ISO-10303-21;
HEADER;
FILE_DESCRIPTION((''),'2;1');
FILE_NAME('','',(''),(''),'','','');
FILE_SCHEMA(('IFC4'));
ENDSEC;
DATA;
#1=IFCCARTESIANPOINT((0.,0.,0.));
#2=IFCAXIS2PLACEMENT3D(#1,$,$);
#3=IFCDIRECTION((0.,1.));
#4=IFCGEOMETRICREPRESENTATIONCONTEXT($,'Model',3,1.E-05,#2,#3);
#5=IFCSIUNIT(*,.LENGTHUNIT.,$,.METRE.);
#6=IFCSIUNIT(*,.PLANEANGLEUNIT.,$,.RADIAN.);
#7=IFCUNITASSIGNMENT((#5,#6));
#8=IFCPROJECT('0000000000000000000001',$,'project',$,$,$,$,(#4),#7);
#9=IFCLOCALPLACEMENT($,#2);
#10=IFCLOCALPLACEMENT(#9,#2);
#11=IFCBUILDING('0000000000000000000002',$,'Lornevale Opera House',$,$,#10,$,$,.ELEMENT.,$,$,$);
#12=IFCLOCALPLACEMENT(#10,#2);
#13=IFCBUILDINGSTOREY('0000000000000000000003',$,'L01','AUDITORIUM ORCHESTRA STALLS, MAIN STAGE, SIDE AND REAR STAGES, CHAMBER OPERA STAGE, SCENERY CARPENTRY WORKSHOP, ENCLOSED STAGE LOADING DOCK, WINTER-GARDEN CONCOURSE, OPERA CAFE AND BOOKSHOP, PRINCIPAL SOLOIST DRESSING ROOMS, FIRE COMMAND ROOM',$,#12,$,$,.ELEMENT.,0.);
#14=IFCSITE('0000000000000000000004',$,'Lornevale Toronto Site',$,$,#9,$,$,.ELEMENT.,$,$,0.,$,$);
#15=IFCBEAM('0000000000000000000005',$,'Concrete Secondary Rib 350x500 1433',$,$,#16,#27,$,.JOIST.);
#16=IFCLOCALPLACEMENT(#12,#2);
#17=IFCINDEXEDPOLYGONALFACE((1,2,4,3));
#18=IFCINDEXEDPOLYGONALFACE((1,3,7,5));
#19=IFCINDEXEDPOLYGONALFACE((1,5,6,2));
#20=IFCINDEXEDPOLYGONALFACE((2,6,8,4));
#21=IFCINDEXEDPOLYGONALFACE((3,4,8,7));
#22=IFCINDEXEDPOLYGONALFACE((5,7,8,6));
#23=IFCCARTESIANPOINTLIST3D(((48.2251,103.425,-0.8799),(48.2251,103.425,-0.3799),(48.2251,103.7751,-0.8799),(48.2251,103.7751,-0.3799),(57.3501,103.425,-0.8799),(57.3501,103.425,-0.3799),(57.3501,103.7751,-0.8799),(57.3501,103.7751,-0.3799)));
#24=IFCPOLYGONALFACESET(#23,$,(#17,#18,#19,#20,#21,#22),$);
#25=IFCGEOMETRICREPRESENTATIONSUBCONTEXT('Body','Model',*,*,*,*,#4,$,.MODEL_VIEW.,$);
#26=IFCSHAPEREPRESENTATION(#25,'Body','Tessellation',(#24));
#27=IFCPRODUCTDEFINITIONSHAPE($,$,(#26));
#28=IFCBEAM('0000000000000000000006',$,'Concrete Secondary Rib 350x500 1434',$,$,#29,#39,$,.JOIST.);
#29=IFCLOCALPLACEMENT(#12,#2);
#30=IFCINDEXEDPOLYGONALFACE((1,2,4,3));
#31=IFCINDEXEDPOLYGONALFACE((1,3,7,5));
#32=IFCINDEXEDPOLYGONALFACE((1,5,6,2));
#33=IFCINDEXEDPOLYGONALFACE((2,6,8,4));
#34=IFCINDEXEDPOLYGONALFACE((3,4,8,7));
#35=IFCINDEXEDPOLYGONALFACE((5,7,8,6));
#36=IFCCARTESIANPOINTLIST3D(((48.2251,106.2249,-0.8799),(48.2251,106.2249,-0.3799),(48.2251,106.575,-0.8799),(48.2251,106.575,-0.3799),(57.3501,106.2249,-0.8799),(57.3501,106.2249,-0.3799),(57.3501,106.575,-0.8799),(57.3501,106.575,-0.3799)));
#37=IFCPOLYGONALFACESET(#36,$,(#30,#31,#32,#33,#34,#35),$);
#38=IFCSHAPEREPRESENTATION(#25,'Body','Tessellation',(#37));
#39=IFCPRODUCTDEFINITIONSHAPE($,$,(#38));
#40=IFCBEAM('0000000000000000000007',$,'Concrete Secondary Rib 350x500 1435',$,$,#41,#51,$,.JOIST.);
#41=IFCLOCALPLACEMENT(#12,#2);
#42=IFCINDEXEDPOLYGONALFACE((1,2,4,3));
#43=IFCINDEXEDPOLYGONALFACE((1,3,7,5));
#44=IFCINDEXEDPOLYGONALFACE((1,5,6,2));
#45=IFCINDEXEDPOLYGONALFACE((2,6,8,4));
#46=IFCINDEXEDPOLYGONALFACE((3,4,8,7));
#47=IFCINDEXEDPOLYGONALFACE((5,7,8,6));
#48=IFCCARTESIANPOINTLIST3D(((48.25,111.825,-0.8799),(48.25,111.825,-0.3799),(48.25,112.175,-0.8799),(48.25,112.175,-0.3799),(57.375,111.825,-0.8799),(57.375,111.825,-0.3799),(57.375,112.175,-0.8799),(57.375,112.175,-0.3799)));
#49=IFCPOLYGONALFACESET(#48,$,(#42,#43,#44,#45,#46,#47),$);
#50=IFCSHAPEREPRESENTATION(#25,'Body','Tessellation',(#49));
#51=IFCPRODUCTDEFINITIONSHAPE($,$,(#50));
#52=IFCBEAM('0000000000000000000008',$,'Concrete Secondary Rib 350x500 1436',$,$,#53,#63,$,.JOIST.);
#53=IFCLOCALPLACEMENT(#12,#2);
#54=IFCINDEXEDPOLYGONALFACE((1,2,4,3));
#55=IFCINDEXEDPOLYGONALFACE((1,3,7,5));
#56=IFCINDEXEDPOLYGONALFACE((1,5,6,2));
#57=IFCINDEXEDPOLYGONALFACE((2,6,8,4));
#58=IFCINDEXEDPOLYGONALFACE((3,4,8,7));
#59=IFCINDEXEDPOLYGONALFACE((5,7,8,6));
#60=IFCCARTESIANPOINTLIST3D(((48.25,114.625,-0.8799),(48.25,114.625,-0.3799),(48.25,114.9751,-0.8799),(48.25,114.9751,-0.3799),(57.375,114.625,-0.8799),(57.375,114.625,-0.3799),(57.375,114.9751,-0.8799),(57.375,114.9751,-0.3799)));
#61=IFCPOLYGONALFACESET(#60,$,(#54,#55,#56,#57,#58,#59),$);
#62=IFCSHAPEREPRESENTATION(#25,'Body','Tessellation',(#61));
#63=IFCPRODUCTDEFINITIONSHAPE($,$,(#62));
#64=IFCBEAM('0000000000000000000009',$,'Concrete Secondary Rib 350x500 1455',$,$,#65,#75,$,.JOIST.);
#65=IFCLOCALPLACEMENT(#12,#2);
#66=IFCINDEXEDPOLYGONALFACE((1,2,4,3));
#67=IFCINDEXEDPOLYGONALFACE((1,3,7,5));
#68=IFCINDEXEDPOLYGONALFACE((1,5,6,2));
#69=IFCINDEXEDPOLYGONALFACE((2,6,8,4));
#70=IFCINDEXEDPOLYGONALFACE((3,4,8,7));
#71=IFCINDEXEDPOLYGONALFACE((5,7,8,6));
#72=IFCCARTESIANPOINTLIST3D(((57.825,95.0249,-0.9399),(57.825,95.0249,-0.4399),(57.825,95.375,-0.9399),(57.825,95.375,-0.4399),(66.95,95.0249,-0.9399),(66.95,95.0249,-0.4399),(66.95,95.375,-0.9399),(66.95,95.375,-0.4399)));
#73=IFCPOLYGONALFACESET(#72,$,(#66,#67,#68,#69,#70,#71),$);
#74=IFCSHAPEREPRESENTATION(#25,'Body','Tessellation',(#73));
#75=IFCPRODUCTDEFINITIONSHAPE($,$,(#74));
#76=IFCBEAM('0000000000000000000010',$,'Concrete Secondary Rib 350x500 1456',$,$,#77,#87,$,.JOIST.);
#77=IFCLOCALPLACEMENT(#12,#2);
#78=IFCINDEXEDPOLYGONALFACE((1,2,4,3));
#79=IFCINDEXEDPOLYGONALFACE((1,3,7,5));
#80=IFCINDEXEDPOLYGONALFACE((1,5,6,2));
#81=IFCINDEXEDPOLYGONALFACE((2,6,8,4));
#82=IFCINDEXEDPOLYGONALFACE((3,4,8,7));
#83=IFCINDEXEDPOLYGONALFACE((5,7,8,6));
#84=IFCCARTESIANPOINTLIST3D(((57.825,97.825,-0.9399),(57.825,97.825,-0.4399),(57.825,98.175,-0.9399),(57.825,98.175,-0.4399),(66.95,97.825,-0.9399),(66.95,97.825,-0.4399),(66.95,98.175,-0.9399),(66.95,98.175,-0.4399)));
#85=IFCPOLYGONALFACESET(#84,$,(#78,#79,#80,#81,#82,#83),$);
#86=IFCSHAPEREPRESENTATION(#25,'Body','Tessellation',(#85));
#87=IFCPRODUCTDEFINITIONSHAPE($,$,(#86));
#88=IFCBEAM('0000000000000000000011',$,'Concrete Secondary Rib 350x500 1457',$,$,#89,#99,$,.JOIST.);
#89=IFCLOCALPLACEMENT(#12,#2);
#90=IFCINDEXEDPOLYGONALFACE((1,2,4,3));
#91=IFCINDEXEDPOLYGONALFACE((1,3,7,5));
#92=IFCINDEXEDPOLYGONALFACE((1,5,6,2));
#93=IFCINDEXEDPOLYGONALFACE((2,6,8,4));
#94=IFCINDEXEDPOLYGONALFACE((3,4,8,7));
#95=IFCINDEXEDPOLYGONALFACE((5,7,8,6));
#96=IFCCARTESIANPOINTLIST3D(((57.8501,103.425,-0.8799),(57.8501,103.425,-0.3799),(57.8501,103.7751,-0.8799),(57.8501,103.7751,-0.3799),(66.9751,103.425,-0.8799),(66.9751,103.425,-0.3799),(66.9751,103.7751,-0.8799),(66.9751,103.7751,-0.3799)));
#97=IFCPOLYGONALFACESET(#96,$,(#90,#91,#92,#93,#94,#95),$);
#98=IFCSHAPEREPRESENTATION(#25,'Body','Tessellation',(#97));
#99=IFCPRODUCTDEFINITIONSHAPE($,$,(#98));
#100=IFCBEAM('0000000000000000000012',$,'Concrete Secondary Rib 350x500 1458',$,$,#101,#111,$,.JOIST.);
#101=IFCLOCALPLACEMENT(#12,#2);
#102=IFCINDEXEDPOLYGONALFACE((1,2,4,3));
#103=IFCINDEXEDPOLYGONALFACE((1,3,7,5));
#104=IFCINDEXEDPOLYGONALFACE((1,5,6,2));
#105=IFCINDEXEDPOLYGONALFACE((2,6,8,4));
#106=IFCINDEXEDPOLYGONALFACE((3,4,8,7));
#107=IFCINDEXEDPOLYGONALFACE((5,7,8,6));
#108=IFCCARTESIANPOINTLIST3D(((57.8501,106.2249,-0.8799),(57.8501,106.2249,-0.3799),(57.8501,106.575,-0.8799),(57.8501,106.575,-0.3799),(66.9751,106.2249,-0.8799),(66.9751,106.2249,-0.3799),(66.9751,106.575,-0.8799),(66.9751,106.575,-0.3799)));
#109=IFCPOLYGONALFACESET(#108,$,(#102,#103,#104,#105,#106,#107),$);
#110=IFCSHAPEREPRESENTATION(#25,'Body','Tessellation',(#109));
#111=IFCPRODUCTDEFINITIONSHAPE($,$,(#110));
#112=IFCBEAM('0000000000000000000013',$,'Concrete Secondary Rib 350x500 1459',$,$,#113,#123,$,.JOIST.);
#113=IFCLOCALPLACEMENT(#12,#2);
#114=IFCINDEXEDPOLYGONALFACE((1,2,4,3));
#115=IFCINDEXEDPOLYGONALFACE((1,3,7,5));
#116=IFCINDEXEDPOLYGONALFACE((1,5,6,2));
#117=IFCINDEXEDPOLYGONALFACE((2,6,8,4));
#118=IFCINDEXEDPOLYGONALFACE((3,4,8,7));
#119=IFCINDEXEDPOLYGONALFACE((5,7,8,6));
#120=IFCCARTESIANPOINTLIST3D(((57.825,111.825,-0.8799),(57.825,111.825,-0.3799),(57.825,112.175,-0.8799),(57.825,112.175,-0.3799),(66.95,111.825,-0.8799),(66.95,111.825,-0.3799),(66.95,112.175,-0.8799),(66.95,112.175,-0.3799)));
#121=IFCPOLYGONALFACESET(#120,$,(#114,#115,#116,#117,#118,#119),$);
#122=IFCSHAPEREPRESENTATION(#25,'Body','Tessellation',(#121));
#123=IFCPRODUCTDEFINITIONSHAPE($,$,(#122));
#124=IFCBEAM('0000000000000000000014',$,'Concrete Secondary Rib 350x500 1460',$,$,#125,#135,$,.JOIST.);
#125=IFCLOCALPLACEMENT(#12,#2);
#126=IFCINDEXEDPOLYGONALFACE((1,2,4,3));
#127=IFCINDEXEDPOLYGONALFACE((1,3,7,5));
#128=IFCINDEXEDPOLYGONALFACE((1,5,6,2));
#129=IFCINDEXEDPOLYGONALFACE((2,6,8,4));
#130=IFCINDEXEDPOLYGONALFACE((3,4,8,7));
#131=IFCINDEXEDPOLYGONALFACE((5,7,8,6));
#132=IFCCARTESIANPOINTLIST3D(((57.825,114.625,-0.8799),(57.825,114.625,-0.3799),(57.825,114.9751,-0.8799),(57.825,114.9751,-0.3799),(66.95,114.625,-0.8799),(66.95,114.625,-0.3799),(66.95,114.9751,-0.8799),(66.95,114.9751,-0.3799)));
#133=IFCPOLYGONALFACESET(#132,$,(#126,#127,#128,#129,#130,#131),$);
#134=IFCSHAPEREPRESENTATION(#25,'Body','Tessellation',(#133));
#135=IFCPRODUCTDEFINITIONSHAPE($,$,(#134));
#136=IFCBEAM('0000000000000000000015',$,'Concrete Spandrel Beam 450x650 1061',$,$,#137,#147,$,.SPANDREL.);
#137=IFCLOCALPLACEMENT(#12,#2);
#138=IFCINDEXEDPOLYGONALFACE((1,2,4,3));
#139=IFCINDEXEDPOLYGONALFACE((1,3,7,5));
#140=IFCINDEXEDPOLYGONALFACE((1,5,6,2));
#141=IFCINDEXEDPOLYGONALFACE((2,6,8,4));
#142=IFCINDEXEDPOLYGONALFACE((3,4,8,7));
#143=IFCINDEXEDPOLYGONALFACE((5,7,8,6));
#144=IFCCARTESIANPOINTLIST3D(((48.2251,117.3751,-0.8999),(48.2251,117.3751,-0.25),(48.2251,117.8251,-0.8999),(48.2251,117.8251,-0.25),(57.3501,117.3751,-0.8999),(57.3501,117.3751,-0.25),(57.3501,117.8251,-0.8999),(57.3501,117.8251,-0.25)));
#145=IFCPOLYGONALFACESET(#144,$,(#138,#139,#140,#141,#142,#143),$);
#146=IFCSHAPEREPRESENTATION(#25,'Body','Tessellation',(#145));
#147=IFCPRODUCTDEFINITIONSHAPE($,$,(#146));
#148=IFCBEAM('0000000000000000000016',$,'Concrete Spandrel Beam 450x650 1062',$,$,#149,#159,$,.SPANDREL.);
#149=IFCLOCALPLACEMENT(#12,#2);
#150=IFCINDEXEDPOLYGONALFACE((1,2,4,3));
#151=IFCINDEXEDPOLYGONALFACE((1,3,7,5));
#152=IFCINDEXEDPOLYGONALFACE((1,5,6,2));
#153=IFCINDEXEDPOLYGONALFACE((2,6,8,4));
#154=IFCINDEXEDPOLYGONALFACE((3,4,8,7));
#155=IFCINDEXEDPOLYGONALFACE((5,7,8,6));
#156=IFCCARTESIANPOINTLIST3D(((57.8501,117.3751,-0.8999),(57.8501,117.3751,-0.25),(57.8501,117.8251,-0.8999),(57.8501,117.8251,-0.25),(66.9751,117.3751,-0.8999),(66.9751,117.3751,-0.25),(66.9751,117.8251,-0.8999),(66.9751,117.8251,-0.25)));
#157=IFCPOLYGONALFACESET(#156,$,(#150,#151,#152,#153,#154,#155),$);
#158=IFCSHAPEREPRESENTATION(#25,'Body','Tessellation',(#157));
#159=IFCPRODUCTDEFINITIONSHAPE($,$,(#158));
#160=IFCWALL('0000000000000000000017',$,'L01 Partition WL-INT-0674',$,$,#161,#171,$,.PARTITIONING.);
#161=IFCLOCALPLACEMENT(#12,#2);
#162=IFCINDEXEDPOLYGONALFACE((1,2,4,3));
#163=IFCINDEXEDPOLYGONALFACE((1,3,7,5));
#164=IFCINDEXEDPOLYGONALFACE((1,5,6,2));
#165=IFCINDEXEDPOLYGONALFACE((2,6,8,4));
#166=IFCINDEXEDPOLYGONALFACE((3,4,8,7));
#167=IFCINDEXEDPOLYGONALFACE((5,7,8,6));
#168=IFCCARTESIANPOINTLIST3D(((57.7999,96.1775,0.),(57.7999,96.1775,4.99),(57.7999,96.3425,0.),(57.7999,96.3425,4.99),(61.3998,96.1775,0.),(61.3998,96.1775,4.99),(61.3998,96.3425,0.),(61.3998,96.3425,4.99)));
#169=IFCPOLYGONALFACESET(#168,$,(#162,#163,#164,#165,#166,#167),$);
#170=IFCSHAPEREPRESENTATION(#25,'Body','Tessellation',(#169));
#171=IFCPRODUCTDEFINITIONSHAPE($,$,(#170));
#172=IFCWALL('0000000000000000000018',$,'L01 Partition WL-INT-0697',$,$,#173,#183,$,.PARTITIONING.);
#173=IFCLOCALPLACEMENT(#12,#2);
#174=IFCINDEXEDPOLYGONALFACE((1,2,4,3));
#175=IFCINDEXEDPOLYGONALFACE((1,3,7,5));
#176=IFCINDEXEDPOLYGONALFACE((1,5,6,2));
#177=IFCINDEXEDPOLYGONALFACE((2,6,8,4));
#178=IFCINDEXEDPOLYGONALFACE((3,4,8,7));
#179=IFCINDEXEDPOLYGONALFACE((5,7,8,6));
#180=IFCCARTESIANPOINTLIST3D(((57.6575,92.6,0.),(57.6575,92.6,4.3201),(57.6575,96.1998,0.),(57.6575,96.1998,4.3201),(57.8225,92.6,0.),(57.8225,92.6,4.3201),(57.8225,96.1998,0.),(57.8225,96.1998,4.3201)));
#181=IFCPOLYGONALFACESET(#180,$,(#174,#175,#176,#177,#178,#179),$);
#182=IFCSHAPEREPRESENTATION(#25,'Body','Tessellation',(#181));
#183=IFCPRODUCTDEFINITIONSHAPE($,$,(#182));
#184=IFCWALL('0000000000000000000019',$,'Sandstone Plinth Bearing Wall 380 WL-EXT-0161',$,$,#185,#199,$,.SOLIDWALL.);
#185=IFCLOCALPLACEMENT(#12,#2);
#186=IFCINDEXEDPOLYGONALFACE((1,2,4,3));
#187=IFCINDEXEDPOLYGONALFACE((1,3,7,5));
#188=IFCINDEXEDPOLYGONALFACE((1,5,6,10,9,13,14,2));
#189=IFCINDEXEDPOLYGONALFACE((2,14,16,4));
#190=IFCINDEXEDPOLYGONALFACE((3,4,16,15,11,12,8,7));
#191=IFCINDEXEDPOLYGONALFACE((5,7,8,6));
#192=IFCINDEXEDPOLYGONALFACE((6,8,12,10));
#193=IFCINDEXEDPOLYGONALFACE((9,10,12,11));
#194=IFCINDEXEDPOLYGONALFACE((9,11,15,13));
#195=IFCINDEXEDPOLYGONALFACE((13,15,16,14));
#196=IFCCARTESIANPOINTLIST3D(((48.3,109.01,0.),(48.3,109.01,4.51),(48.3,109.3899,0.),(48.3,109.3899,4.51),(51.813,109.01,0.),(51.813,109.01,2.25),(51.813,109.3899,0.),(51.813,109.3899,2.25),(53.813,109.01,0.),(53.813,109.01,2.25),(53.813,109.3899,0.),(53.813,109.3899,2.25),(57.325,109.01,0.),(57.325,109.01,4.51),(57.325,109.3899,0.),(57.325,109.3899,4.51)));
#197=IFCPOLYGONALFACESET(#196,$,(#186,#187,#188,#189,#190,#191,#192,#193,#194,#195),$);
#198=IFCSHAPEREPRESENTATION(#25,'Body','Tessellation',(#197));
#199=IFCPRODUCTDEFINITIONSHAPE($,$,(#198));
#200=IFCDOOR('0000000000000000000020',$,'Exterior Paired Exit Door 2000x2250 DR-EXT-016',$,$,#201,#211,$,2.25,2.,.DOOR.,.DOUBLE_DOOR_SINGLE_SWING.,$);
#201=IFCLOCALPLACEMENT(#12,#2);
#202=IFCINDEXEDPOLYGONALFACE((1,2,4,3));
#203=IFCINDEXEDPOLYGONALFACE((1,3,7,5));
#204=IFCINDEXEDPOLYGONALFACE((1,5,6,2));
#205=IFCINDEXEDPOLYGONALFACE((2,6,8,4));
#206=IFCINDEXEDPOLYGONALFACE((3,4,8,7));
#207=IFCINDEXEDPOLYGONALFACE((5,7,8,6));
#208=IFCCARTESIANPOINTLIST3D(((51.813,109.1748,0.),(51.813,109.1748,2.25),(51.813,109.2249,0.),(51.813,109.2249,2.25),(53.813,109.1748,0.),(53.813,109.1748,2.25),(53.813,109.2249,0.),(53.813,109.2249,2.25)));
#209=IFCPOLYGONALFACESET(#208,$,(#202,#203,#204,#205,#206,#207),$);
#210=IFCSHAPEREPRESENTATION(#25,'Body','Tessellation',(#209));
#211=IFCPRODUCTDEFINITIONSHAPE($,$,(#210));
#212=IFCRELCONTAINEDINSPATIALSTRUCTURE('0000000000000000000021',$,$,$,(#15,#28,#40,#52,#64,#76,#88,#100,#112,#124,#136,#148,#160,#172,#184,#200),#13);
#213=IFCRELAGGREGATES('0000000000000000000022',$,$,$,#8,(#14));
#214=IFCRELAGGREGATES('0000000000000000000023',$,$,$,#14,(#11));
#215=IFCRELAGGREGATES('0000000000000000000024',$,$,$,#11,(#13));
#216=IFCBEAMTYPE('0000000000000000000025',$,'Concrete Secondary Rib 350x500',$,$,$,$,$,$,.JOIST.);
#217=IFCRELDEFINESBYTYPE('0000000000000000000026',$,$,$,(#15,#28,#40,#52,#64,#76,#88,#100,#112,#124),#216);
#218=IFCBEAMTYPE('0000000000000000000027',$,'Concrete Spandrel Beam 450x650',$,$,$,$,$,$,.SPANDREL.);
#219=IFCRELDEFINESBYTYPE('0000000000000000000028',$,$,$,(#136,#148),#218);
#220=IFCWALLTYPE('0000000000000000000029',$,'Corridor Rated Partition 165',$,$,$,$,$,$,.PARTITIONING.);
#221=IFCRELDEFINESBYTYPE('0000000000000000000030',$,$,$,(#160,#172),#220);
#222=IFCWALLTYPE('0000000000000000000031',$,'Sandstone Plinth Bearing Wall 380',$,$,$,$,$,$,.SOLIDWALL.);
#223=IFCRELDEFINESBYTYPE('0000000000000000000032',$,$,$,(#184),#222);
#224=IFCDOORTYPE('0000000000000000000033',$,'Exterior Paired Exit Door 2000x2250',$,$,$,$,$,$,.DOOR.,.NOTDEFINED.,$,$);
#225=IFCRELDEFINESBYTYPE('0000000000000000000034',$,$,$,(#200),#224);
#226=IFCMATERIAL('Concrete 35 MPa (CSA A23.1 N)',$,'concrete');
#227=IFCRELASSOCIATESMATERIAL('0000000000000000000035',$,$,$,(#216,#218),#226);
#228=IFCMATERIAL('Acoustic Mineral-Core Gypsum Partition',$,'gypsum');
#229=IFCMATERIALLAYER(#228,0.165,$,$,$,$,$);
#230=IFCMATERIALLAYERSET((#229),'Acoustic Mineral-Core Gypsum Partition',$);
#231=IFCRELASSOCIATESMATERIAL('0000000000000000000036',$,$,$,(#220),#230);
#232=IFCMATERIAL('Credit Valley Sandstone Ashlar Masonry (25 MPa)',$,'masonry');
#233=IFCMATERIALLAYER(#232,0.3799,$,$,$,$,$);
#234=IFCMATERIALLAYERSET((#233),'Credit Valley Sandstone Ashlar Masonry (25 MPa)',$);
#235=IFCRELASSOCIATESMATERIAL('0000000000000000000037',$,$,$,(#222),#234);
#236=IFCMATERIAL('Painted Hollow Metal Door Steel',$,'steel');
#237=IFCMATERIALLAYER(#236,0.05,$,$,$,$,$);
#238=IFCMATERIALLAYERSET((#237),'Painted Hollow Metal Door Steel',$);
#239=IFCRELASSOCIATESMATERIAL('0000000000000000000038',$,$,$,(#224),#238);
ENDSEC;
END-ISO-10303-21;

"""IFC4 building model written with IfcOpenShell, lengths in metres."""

from ifc_helpers import new_model, si_unit, direction, frame, frame_2d, origin, origin_2d, place, context, subcontext, project, spatial, rectangle, extrude, material, layer, layer_set, material_profile, profile_set, type_object, element, fill, save


model = new_model("IFC4")

# Units and contexts
model_context = context("Model", 3, precision=1e-05, world=origin(), true_north=direction((0.0, 1.0)))
body_context = subcontext(model_context, "Body", "Model", "MODEL_VIEW")
ifc_project = project(units=[si_unit("LENGTHUNIT", "METRE"), si_unit("PLANEANGLEUNIT", "RADIAN")], contexts=[model_context])

# Site, building, storey
site_placement = place(None, origin())
site = spatial("IfcSite", under=ifc_project, at=site_placement, Name="Lornevale Toronto Site", CompositionType="ELEMENT", RefElevation=0.0)
building_placement = place(site_placement, origin())
building = spatial("IfcBuilding", under=site, at=building_placement, Name="Lornevale Opera House", CompositionType="ELEMENT")
storey_placement = place(building_placement, origin())
storey = spatial("IfcBuildingStorey", under=building, at=storey_placement, Name="L01", Description="AUDITORIUM ORCHESTRA STALLS, MAIN STAGE, SIDE AND REAR STAGES, CHAMBER OPERA STAGE, SCENERY CARPENTRY WORKSHOP, ENCLOSED STAGE LOADING DOCK, WINTER-GARDEN CONCOURSE, OPERA CAFE AND BOOKSHOP, PRINCIPAL SOLOIST DRESSING ROOMS, FIRE COMMAND ROOM", CompositionType="ELEMENT", Elevation=0.0)

# Shared definitions
ifc_material_1 = material(Name="Concrete 35 MPa (CSA A23.1 N)", Category="concrete")

# Beams
ifc_material_profile_1 = material_profile(ifc_material_1, rectangle(XDim=0.3501, YDim=0.5, at=origin_2d()), Name="RC350x500")
ifc_profile_set_1 = profile_set([ifc_material_profile_1], Name="Concrete 35 MPa (CSA A23.1 N)")
beam_type_1 = type_object("IfcBeamType", Name="Concrete Secondary Rib 350x500", PredefinedType="JOIST", material=ifc_profile_set_1)
for number, where, z_axis, x_axis, name in (
    (1, (48.2251, 103.6001, -0.6299), (1.0, 0.0, 0.0), (0.0, 1.0, 0.0), "Concrete Secondary Rib 350x500 1433"),
    (2, (48.2251, 106.3999, -0.6299), (1.0, 0.0, 0.0), (0.0, 1.0, 0.0), "Concrete Secondary Rib 350x500 1434"),
    (3, (48.25, 112.0, -0.6299), (1.0, 0.0, 0.0), (0.0, 1.0, 0.0), "Concrete Secondary Rib 350x500 1435"),
    (4, (48.25, 114.8, -0.6299), (1.0, 0.0, 0.0), (0.0, 1.0, 0.0), "Concrete Secondary Rib 350x500 1436"),
    (5, (57.825, 95.2, -0.6899), (1.0, 0.0, 0.0), (0.0, 1.0, 0.0), "Concrete Secondary Rib 350x500 1455"),
    (6, (57.825, 98.0, -0.6899), (1.0, 0.0, 0.0), (0.0, 1.0, 0.0), "Concrete Secondary Rib 350x500 1456"),
    (7, (57.8501, 103.6001, -0.6299), (1.0, 0.0, 0.0), (0.0, 1.0, 0.0), "Concrete Secondary Rib 350x500 1457"),
    (8, (57.8501, 106.3999, -0.6299), (1.0, 0.0, 0.0), (0.0, 1.0, 0.0), "Concrete Secondary Rib 350x500 1458"),
    (9, (57.825, 112.0, -0.6299), (1.0, 0.0, 0.0), (0.0, 1.0, 0.0), "Concrete Secondary Rib 350x500 1459"),
    (10, (57.825, 114.8, -0.6299), (1.0, 0.0, 0.0), (0.0, 1.0, 0.0), "Concrete Secondary Rib 350x500 1460"),
):
    element("IfcBeam", number, at=place(storey_placement, frame(where, z_axis=z_axis, x_axis=x_axis)), inside=storey, type_object=beam_type_1, Name=name, PredefinedType="JOIST", context=body_context, shape_type="SweptSolid", body=[
        extrude(rectangle(XDim=0.3501, YDim=0.5, at=origin_2d()), origin(), (0.0, 0.0, 1.0), 9.125),
    ])
ifc_material_profile_2 = material_profile(ifc_material_1, rectangle(XDim=0.45, YDim=0.6499, at=origin_2d()), Name="RC450x650")
ifc_profile_set_2 = profile_set([ifc_material_profile_2], Name="Concrete 35 MPa (CSA A23.1 N)")
beam_type_2 = type_object("IfcBeamType", Name="Concrete Spandrel Beam 450x650", PredefinedType="SPANDREL", material=ifc_profile_set_2)
for number, where, z_axis, x_axis, name in (
    (11, (48.2251, 117.6001, -0.575), (1.0, 0.0, 0.0), (0.0, 1.0, 0.0), "Concrete Spandrel Beam 450x650 1061"),
    (12, (57.8501, 117.6001, -0.575), (1.0, 0.0, 0.0), (0.0, 1.0, 0.0), "Concrete Spandrel Beam 450x650 1062"),
):
    element("IfcBeam", number, at=place(storey_placement, frame(where, z_axis=z_axis, x_axis=x_axis)), inside=storey, type_object=beam_type_2, Name=name, PredefinedType="SPANDREL", context=body_context, shape_type="SweptSolid", body=[
        extrude(rectangle(XDim=0.45, YDim=0.6499, at=origin_2d()), origin(), (0.0, 0.0, 1.0), 9.125),
    ])

# Walls
ifc_material_2 = material(Name="Acoustic Mineral-Core Gypsum Partition", Category="gypsum")
ifc_layer_1 = layer(ifc_material_2, 0.165)
ifc_layer_set_1 = layer_set([ifc_layer_1], Name="Acoustic Mineral-Core Gypsum Partition")
wall_type_1 = type_object("IfcWallType", Name="Corridor Rated Partition 165", PredefinedType="PARTITIONING", material=ifc_layer_set_1)
wall_1_placement = place(storey_placement, frame((57.8, 96.26, 0.0), z_axis=(0.0, 0.0, 1.0), x_axis=(1.0, 0.0, 0.0)))
element("IfcWall", 13, at=wall_1_placement, inside=storey, type_object=wall_type_1, Name="L01 Partition WL-INT-0674", PredefinedType="PARTITIONING", context=body_context, shape_type="SweptSolid", body=[
    extrude(rectangle(XDim=3.5999, YDim=0.165, at=frame_2d((1.7998, 0.0))), origin(), (0.0, 0.0, 1.0), 4.99),
])
wall_2_placement = place(storey_placement, frame((57.74, 92.6001, 0.0), z_axis=(0.0, 0.0, 1.0), x_axis=(0.0, 1.0, 0.0)))
element("IfcWall", 14, at=wall_2_placement, inside=storey, type_object=wall_type_1, Name="L01 Partition WL-INT-0697", PredefinedType="PARTITIONING", context=body_context, shape_type="SweptSolid", body=[
    extrude(rectangle(XDim=3.5999, YDim=0.165, at=frame_2d((1.7998, 0.0))), origin(), (0.0, 0.0, 1.0), 4.3201),
])

# Wall, opening, door
ifc_material_3 = material(Name="Credit Valley Sandstone Ashlar Masonry (25 MPa)", Category="masonry")
ifc_layer_2 = layer(ifc_material_3, 0.3799)
ifc_layer_set_2 = layer_set([ifc_layer_2], Name="Credit Valley Sandstone Ashlar Masonry (25 MPa)")
wall_type_2 = type_object("IfcWallType", Name="Sandstone Plinth Bearing Wall 380", PredefinedType="SOLIDWALL", material=ifc_layer_set_2)
wall_3_placement = place(storey_placement, frame((48.3, 109.2, 0.0), z_axis=(0.0, 0.0, 1.0), x_axis=(1.0, 0.0, 0.0)))
wall_3 = element("IfcWall", 15, at=wall_3_placement, inside=storey, type_object=wall_type_2, Name="Sandstone Plinth Bearing Wall 380 WL-EXT-0161", PredefinedType="SOLIDWALL", context=body_context, shape_type="SweptSolid", body=[
    extrude(rectangle(XDim=9.0249, YDim=0.3799, at=frame_2d((4.5125, 0.0))), origin(), (0.0, 0.0, 1.0), 4.51),
])
opening_1_placement = place(wall_3_placement, frame((3.5129, 0.0, 0.0)))
opening_1 = element("IfcOpeningElement", 16, at=opening_1_placement, cuts=wall_3, PredefinedType="OPENING", context=body_context, shape_type="SweptSolid", body=[
    extrude(rectangle(XDim=2.0, YDim=2.25, at=frame_2d((1.0, 1.125))), frame((0.0, 0.2, 0.0), z_axis=(0.0, -1.0, 0.0), x_axis=(1.0, 0.0, 0.0)), (0.0, 0.0, 1.0), 0.3999),
])
ifc_material_4 = material(Name="Painted Hollow Metal Door Steel", Category="steel")
ifc_layer_3 = layer(ifc_material_4, 0.05)
ifc_layer_set_3 = layer_set([ifc_layer_3], Name="Painted Hollow Metal Door Steel")
door_type_1 = type_object("IfcDoorType", Name="Exterior Paired Exit Door 2000x2250", OperationType="NOTDEFINED", PredefinedType="DOOR", material=ifc_layer_set_3)
door_1_placement = place(opening_1_placement, origin())
door_1 = element("IfcDoor", 17, at=door_1_placement, inside=storey, type_object=door_type_1, Name="Exterior Paired Exit Door 2000x2250 DR-EXT-016", OperationType="DOUBLE_DOOR_SINGLE_SWING", OverallHeight=2.25, OverallWidth=2.0, PredefinedType="DOOR", context=body_context, shape_type="SweptSolid", body=[
    extrude(rectangle(XDim=2.0, YDim=2.25, at=frame_2d((1.0, 1.125))), frame((0.0, 0.0249, 0.0), z_axis=(0.0, -1.0, 0.0), x_axis=(1.0, 0.0, 0.0)), (0.0, 0.0, 1.0), 0.05),
])
fill(opening_1, door_1)

save(model, "model.ifc")
